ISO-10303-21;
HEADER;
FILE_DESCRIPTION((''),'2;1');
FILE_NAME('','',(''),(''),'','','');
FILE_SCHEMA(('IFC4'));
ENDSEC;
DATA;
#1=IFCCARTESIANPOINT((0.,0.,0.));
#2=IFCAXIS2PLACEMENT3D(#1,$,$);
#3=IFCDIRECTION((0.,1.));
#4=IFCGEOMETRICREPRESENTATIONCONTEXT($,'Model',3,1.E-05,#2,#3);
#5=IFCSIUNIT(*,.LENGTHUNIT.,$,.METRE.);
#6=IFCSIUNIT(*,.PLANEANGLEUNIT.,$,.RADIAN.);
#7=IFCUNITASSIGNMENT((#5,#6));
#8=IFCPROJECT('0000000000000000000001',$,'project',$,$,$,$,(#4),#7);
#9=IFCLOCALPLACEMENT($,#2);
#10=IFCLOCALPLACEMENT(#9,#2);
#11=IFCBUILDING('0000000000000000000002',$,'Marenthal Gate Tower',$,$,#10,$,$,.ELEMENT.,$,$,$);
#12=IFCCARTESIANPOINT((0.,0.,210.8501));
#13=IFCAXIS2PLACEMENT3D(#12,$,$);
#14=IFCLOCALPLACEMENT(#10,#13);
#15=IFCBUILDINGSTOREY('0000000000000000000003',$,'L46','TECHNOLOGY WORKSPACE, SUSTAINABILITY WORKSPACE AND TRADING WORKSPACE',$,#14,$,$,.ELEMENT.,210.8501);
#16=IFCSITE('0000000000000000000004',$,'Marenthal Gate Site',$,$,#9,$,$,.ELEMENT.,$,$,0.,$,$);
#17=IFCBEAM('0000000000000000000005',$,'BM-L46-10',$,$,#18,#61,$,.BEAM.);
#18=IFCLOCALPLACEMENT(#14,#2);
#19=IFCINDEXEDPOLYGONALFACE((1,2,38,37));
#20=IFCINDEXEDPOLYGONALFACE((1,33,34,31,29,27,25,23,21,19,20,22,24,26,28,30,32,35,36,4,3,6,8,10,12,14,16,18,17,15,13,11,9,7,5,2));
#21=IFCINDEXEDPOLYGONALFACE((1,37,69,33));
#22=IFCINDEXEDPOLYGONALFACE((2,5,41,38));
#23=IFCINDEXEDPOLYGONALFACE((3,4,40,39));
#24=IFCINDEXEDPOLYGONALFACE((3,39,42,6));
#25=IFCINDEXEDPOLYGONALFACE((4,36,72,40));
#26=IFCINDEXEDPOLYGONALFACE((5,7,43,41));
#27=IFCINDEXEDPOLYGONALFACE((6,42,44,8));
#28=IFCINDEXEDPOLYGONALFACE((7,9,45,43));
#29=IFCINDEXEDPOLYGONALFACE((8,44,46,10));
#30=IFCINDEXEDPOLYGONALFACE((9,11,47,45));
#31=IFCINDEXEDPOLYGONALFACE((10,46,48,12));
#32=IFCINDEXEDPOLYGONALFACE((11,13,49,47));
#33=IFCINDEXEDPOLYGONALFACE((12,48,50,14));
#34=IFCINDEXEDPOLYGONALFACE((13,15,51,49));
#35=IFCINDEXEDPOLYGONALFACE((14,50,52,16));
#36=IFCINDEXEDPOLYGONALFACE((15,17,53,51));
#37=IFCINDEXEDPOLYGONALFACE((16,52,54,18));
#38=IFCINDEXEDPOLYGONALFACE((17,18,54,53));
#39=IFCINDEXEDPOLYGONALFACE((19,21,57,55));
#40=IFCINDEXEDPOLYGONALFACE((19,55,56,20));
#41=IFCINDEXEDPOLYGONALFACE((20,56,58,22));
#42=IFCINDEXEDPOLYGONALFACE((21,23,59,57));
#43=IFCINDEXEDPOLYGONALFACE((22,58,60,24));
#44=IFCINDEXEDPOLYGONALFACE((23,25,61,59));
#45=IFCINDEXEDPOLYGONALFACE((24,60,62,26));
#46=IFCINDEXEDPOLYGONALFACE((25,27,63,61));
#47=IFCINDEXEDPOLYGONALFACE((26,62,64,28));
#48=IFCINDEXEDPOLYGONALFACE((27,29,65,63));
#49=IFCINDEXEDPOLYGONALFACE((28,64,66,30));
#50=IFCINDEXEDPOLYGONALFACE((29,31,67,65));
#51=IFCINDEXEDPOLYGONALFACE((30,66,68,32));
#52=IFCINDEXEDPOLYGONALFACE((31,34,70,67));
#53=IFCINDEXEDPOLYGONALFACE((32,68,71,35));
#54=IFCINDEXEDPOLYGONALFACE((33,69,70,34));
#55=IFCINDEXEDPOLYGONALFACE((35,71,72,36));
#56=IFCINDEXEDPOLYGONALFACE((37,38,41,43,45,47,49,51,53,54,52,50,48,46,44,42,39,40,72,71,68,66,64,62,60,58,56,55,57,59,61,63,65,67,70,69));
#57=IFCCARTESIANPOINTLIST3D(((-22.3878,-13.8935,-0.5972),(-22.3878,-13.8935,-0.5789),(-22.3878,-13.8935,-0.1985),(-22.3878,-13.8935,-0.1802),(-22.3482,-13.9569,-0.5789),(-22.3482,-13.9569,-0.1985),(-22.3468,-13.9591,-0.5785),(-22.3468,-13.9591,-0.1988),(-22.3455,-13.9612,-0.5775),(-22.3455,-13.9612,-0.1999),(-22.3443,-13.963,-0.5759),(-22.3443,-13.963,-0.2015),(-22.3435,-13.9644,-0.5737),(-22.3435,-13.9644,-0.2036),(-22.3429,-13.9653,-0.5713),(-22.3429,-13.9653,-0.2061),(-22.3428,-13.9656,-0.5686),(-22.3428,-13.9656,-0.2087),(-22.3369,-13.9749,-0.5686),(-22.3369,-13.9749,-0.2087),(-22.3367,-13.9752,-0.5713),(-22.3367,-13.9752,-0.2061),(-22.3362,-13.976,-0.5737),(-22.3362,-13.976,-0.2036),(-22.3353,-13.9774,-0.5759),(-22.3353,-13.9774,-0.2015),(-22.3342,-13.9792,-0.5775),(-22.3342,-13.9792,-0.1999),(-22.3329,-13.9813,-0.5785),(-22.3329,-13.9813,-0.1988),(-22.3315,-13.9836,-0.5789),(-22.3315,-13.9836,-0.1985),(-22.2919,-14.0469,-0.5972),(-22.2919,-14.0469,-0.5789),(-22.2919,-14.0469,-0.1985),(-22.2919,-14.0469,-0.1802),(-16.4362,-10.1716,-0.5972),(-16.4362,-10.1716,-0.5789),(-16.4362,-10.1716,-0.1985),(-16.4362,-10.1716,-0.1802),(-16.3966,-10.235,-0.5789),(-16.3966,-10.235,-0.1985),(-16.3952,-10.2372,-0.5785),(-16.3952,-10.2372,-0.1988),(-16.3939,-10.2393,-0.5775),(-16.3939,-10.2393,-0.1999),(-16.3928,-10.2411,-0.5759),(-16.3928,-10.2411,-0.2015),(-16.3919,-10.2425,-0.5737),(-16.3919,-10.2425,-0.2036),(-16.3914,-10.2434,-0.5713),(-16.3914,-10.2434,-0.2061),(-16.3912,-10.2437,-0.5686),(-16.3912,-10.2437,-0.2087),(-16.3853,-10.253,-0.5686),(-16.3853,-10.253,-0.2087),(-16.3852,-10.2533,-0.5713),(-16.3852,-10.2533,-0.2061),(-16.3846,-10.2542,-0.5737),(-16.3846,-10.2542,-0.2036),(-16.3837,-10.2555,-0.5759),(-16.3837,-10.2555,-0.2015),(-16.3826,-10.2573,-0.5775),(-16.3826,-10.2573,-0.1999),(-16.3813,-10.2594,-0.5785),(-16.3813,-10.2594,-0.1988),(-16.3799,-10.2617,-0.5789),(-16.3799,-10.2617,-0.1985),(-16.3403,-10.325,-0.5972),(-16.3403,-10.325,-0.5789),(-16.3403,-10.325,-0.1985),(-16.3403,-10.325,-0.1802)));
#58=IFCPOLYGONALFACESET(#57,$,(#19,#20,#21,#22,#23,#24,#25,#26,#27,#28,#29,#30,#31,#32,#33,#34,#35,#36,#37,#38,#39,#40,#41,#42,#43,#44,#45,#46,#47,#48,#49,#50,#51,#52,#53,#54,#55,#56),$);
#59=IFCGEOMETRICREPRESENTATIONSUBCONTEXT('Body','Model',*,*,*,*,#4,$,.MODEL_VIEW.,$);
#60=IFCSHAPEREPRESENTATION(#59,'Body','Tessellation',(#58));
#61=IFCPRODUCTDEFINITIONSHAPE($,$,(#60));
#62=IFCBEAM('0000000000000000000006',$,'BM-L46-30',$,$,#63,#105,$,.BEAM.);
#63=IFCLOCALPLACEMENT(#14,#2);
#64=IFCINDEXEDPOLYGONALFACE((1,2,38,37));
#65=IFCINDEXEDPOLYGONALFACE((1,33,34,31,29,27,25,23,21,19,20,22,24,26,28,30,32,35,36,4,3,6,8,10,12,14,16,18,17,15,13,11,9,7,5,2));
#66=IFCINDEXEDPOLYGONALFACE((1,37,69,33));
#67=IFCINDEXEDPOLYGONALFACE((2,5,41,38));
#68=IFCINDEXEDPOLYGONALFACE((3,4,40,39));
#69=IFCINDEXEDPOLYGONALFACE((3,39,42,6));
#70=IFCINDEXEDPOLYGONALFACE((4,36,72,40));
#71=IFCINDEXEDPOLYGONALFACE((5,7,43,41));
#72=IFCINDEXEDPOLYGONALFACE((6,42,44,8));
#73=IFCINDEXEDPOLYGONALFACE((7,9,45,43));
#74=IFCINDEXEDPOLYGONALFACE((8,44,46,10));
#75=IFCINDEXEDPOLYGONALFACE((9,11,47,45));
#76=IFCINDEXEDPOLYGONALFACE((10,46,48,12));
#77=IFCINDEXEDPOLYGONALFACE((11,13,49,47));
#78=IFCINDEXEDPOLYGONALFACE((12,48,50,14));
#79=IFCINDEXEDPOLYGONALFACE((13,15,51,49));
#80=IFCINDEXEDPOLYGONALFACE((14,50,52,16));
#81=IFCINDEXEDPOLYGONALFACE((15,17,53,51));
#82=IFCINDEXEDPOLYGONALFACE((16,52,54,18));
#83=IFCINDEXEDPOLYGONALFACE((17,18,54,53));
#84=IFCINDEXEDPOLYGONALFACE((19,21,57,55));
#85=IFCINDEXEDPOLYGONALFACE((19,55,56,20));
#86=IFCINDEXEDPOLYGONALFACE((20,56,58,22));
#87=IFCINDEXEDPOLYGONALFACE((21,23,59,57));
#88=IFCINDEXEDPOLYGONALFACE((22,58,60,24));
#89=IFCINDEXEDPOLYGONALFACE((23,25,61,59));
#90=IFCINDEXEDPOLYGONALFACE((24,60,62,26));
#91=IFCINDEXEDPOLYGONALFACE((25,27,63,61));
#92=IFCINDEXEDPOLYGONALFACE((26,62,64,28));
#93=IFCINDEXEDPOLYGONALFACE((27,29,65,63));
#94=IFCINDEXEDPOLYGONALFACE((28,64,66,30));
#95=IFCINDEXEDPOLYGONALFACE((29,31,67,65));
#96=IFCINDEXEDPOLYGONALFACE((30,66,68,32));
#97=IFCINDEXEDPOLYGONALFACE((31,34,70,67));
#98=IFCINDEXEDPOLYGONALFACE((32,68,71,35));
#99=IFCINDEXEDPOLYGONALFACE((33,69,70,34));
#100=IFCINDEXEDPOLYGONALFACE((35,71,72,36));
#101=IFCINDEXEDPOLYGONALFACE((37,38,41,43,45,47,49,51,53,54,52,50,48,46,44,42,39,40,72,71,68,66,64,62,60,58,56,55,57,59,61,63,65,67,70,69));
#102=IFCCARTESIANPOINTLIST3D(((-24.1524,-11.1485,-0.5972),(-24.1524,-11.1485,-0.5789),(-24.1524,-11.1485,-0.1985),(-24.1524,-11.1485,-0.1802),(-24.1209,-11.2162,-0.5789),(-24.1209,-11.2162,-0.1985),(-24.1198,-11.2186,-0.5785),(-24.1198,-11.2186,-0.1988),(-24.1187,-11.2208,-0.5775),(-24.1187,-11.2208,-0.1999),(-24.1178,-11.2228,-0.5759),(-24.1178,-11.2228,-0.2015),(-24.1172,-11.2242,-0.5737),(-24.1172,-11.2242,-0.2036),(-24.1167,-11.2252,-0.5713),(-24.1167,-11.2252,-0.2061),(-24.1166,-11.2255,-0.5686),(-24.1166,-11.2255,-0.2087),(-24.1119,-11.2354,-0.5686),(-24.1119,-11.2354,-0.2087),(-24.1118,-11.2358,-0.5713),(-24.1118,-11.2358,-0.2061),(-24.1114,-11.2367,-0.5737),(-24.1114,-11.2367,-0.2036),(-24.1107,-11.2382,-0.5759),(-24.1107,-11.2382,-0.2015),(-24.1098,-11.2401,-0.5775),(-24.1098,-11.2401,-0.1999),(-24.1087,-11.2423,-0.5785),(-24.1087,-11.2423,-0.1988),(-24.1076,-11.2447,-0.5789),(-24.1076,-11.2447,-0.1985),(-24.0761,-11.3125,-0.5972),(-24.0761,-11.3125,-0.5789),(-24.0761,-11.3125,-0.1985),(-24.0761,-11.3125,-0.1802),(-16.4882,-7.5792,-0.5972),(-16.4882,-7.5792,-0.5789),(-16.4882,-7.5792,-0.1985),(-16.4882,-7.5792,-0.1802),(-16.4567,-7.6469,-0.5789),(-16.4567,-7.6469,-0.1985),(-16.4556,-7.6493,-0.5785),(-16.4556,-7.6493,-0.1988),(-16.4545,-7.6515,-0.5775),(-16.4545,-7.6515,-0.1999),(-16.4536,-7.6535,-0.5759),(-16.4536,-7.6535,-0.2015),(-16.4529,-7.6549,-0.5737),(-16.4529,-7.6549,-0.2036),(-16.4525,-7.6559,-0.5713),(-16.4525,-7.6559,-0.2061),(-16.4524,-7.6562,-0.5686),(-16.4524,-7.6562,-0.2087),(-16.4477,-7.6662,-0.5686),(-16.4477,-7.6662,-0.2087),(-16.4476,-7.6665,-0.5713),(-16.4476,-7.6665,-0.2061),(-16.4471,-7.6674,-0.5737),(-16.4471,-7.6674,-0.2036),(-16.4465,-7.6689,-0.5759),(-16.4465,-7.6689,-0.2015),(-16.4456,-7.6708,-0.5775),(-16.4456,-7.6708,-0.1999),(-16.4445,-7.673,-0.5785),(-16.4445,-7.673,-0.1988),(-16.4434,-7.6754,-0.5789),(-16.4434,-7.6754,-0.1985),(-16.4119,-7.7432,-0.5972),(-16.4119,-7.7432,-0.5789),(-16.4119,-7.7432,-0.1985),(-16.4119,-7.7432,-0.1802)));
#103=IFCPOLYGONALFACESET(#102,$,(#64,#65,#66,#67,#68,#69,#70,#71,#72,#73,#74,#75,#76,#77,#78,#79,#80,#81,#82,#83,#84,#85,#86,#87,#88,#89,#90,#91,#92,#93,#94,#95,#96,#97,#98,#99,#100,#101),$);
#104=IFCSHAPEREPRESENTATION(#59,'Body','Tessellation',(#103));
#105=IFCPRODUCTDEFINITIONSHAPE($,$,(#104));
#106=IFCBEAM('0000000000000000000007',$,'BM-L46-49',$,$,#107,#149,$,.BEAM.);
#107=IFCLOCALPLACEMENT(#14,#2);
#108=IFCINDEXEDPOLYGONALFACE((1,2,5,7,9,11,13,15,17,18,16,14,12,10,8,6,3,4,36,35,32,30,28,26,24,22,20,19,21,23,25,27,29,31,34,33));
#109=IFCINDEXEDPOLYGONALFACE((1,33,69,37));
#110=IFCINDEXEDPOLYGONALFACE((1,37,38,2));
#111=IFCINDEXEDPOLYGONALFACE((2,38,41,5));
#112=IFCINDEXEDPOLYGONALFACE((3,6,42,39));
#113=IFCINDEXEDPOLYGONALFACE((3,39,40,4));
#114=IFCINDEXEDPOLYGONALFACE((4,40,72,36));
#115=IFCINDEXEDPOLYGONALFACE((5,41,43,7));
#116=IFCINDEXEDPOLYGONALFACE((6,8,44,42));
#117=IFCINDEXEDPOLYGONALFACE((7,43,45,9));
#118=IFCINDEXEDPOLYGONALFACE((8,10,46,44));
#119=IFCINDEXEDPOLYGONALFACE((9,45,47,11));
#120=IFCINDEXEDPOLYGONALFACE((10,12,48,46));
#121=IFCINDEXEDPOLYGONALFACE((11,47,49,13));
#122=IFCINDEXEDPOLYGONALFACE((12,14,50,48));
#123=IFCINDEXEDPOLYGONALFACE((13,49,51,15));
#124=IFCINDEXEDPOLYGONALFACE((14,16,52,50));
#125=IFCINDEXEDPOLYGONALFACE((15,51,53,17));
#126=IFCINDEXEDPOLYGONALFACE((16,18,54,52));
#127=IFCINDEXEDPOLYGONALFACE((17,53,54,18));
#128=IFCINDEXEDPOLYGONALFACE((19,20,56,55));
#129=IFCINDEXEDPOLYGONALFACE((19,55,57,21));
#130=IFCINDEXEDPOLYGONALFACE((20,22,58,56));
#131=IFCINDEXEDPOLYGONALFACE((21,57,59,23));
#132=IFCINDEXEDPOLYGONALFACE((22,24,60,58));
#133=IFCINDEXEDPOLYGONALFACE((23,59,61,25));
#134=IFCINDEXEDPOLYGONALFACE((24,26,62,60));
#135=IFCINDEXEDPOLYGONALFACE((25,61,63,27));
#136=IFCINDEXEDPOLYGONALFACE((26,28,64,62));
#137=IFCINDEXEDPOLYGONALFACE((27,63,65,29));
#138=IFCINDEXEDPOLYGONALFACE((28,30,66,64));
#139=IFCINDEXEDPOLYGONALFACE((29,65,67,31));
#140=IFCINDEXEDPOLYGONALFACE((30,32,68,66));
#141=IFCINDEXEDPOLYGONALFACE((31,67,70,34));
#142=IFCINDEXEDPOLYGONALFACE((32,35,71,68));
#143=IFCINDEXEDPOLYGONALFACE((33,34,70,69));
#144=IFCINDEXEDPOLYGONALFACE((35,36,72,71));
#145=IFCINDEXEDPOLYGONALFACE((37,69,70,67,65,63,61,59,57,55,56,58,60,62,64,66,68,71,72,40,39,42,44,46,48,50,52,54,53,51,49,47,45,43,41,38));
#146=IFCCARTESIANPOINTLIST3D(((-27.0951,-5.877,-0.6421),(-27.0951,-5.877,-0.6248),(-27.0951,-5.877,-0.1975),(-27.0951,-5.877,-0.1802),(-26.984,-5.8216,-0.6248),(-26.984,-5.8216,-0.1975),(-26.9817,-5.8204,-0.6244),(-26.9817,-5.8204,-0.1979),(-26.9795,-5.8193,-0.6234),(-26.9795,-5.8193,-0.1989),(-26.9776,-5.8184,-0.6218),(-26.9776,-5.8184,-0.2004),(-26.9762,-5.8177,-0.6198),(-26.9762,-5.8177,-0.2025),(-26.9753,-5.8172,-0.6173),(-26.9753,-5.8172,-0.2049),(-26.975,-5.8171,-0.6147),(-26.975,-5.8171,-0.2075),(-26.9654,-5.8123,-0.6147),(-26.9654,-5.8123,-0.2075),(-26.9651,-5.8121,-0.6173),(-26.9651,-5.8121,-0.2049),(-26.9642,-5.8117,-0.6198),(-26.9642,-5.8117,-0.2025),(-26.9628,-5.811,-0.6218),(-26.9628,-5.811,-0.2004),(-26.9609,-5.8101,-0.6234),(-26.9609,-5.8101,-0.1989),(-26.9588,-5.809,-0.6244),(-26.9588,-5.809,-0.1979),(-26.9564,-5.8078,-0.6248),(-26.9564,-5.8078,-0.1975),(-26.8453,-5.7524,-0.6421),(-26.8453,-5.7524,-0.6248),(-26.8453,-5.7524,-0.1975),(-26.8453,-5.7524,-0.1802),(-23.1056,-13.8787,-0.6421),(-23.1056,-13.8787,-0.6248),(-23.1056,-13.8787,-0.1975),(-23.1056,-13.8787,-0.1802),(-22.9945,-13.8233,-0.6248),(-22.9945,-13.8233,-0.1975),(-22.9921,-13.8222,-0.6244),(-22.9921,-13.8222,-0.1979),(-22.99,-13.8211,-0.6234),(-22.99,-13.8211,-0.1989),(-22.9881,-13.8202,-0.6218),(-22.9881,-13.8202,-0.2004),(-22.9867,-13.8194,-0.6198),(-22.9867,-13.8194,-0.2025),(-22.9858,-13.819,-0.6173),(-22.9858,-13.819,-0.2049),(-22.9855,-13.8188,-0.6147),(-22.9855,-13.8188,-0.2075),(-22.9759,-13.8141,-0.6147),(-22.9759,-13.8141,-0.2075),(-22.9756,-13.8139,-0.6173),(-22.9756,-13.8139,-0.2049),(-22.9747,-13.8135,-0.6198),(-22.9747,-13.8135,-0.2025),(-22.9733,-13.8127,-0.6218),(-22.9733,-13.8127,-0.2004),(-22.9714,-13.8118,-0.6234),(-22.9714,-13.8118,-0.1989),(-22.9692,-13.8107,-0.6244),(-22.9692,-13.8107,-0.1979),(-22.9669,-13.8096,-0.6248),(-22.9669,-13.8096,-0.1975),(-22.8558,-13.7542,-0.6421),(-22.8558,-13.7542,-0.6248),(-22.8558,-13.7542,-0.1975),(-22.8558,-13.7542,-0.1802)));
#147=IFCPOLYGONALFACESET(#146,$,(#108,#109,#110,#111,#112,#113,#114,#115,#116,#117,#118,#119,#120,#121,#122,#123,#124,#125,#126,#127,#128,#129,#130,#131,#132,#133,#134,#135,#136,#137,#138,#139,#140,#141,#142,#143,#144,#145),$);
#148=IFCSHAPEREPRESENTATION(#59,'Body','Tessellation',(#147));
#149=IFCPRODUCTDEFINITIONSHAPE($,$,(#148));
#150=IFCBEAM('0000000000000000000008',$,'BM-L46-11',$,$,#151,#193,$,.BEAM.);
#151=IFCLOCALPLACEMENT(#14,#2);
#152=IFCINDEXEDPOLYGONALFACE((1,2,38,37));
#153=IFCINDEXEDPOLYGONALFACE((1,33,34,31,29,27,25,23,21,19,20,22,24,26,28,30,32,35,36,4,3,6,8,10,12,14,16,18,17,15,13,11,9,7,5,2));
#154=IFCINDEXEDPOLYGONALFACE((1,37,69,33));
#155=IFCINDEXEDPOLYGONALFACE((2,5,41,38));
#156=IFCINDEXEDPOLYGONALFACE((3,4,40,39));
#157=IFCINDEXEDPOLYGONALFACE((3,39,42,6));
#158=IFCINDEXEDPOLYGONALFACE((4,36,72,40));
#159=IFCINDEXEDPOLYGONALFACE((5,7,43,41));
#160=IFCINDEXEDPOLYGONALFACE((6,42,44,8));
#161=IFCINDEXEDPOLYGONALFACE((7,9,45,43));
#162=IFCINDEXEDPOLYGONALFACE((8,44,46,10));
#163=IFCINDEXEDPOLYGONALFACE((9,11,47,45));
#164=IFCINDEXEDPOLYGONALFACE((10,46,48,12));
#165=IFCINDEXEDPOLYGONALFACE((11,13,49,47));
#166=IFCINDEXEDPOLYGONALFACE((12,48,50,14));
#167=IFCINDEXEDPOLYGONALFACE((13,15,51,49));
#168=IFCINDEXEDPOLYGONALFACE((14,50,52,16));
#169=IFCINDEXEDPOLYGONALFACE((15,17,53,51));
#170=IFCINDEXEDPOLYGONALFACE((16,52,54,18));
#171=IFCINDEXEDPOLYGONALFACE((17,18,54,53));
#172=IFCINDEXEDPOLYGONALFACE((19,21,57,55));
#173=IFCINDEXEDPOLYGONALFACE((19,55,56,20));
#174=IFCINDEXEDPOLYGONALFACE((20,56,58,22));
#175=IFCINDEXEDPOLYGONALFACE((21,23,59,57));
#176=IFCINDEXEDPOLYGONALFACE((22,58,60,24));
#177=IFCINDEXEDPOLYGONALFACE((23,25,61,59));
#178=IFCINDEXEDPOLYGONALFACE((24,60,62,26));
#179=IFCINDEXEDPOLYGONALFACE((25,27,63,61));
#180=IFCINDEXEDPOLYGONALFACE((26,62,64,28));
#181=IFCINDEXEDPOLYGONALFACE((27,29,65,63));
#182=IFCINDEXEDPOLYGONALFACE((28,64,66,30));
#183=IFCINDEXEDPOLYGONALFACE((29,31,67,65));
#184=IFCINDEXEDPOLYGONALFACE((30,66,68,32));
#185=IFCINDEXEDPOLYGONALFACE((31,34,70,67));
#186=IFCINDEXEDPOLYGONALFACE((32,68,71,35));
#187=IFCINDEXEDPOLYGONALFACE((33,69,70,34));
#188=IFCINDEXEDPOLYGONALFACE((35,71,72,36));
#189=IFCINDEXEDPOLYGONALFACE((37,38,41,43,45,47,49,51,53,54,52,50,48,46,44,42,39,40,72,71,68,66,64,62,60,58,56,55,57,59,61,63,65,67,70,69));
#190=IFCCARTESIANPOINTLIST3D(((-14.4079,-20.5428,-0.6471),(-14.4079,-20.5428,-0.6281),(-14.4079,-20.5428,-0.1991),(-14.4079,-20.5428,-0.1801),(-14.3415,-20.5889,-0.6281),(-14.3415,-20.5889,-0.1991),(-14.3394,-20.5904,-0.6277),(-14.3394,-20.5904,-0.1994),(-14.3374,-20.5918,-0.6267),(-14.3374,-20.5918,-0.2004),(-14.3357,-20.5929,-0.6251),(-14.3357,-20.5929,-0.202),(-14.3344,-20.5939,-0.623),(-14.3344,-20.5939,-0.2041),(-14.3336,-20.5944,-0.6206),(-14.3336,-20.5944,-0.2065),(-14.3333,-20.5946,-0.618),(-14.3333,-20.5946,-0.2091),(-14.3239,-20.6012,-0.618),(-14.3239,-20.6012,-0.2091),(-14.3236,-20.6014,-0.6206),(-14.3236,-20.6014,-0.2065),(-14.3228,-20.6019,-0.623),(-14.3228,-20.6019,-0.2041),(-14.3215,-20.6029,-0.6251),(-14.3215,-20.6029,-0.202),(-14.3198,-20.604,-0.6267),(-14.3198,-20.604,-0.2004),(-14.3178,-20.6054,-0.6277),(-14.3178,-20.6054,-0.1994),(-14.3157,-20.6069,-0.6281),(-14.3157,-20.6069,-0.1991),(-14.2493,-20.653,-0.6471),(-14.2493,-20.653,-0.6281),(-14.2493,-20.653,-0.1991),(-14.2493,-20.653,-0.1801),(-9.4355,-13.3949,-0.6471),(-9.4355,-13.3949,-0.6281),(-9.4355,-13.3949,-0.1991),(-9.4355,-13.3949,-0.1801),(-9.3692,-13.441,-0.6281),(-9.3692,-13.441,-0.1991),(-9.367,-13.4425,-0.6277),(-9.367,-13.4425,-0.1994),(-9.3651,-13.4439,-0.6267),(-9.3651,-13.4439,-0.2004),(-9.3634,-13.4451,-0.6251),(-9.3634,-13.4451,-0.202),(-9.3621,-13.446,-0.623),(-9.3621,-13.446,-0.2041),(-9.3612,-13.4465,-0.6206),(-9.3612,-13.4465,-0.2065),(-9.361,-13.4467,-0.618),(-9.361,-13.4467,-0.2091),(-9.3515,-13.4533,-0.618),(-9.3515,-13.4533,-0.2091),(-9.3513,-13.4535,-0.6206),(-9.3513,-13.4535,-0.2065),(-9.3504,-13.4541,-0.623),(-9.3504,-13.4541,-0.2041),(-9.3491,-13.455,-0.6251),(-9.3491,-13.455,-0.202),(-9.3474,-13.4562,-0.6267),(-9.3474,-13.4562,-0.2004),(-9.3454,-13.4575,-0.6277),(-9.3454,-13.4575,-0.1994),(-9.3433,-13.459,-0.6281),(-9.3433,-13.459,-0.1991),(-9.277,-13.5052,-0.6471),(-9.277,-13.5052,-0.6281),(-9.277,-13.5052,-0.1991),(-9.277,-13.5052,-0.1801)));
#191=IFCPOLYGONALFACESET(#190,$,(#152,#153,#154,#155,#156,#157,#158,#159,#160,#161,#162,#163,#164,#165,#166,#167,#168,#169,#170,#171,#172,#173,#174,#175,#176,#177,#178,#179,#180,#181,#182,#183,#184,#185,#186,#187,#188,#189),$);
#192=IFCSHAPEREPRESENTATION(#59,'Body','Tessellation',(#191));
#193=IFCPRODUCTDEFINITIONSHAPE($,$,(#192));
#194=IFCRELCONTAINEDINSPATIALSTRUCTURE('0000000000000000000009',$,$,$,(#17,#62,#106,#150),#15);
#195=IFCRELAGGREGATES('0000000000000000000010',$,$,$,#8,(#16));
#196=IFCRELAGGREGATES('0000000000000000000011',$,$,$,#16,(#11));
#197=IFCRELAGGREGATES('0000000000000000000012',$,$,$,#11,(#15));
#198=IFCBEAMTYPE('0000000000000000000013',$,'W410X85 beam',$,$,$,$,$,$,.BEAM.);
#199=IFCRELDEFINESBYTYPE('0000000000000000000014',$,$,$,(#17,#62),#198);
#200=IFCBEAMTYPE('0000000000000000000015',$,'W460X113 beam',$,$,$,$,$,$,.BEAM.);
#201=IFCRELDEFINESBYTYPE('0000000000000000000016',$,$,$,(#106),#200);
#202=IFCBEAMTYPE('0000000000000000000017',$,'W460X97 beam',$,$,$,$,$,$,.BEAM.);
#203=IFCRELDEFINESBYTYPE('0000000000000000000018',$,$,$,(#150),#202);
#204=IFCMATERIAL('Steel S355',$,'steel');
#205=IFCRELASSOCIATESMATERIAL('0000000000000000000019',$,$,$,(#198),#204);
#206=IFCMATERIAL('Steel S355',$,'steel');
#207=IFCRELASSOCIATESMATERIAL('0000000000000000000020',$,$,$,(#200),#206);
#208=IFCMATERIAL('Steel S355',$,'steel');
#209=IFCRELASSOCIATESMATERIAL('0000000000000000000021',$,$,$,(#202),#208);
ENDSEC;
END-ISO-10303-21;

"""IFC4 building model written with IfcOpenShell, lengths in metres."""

from ifc_helpers import new_model, si_unit, direction, frame, origin, origin_2d, place, context, subcontext, project, spatial, i_section, extrude, material, material_profile, profile_set, type_object, element, save


model = new_model("IFC4")

# Units and contexts
model_context = context("Model", 3, precision=1e-05, world=origin(), true_north=direction((0.0, 1.0)))
body_context = subcontext(model_context, "Body", "Model", "MODEL_VIEW")
ifc_project = project(units=[si_unit("LENGTHUNIT", "METRE"), si_unit("PLANEANGLEUNIT", "RADIAN")], contexts=[model_context])

# Site, building, storey
site_placement = place(None, origin())
site = spatial("IfcSite", under=ifc_project, at=site_placement, Name="Marenthal Gate Site", CompositionType="ELEMENT", RefElevation=0.0)
building_placement = place(site_placement, origin())
building = spatial("IfcBuilding", under=site, at=building_placement, Name="Marenthal Gate Tower", CompositionType="ELEMENT")
storey_placement = place(building_placement, frame((0.0, 0.0, 210.8501)))
storey = spatial("IfcBuildingStorey", under=building, at=storey_placement, Name="L46", Description="TECHNOLOGY WORKSPACE, SUSTAINABILITY WORKSPACE AND TRADING WORKSPACE", CompositionType="ELEMENT", Elevation=210.8501)

# Beams
ifc_material_1 = material(Name="Steel S355", Category="steel")
ifc_material_profile_1 = material_profile(ifc_material_1, i_section(OverallWidth=0.1809, OverallDepth=0.417, WebThickness=0.011, FlangeThickness=0.0183, FilletRadius=0.0103, at=origin_2d()), Name="W410X85")
ifc_profile_set_1 = profile_set([ifc_material_profile_1], Name="Steel S355")
beam_type_1 = type_object("IfcBeamType", Name="W410X85 beam", PredefinedType="BEAM", material=ifc_profile_set_1)
beam_1_placement = place(storey_placement, frame((-22.3398, -13.9702, -0.3887), z_axis=(0.847862, 0.530218, 0.0), x_axis=(-0.530218, 0.847862, 0.0)))
element("IfcBeam", 1, at=beam_1_placement, inside=storey, type_object=beam_type_1, Name="BM-L46-10", PredefinedType="BEAM", context=body_context, shape_type="SweptSolid", body=[
    extrude(i_section(OverallWidth=0.1809, OverallDepth=0.417, WebThickness=0.011, FlangeThickness=0.0183, FilletRadius=0.0103, at=origin_2d()), origin(), (0.0, 0.0, 1.0), 7.0195),
])
beam_2_placement = place(storey_placement, frame((-24.1143, -11.2305, -0.3887), z_axis=(0.906516, 0.422172, 0.0), x_axis=(-0.422172, 0.906516, 0.0)))
element("IfcBeam", 2, at=beam_2_placement, inside=storey, type_object=beam_type_1, Name="BM-L46-30", PredefinedType="BEAM", context=body_context, shape_type="SweptSolid", body=[
    extrude(i_section(OverallWidth=0.1809, OverallDepth=0.417, WebThickness=0.011, FlangeThickness=0.0183, FilletRadius=0.0103, at=origin_2d()), origin(), (0.0, 0.0, 1.0), 8.4546),
])
ifc_material_2 = material(Name="Steel S355", Category="steel")
ifc_material_profile_2 = material_profile(ifc_material_2, i_section(OverallWidth=0.2791, OverallDepth=0.4619, WebThickness=0.0107, FlangeThickness=0.0173, FilletRadius=0.01, at=origin_2d()), Name="W460X113")
ifc_profile_set_2 = profile_set([ifc_material_profile_2], Name="Steel S355")
beam_type_2 = type_object("IfcBeamType", Name="W460X113 beam", PredefinedType="BEAM", material=ifc_profile_set_2)
beam_3_placement = place(storey_placement, frame((-26.9702, -5.8147, -0.4111), z_axis=(0.446198, -0.894934, 0.0), x_axis=(0.894934, 0.446198, 0.0)))
element("IfcBeam", 3, at=beam_3_placement, inside=storey, type_object=beam_type_2, Name="BM-L46-49", PredefinedType="BEAM", context=body_context, shape_type="SweptSolid", body=[
    extrude(i_section(OverallWidth=0.2791, OverallDepth=0.4619, WebThickness=0.0107, FlangeThickness=0.0173, FilletRadius=0.01, at=origin_2d()), origin(), (0.0, 0.0, 1.0), 8.9412),
])
ifc_material_3 = material(Name="Steel S355", Category="steel")
ifc_material_profile_3 = material_profile(ifc_material_3, i_section(OverallWidth=0.1931, OverallDepth=0.467, WebThickness=0.0115, FlangeThickness=0.019, FilletRadius=0.01, at=origin_2d()), Name="W460X97")
ifc_profile_set_3 = profile_set([ifc_material_profile_3], Name="Steel S355")
beam_type_3 = type_object("IfcBeamType", Name="W460X97 beam", PredefinedType="BEAM", material=ifc_profile_set_3)
beam_4_placement = place(storey_placement, frame((-14.3286, -20.5979, -0.4136), z_axis=(0.571059, 0.820909, 0.0), x_axis=(-0.820909, 0.571059, 0.0)))
element("IfcBeam", 4, at=beam_4_placement, inside=storey, type_object=beam_type_3, Name="BM-L46-11", PredefinedType="BEAM", context=body_context, shape_type="SweptSolid", body=[
    extrude(i_section(OverallWidth=0.1931, OverallDepth=0.467, WebThickness=0.0115, FlangeThickness=0.019, FilletRadius=0.01, at=origin_2d()), origin(), (0.0, 0.0, 1.0), 8.7073),
])

save(model, "model.ifc")
